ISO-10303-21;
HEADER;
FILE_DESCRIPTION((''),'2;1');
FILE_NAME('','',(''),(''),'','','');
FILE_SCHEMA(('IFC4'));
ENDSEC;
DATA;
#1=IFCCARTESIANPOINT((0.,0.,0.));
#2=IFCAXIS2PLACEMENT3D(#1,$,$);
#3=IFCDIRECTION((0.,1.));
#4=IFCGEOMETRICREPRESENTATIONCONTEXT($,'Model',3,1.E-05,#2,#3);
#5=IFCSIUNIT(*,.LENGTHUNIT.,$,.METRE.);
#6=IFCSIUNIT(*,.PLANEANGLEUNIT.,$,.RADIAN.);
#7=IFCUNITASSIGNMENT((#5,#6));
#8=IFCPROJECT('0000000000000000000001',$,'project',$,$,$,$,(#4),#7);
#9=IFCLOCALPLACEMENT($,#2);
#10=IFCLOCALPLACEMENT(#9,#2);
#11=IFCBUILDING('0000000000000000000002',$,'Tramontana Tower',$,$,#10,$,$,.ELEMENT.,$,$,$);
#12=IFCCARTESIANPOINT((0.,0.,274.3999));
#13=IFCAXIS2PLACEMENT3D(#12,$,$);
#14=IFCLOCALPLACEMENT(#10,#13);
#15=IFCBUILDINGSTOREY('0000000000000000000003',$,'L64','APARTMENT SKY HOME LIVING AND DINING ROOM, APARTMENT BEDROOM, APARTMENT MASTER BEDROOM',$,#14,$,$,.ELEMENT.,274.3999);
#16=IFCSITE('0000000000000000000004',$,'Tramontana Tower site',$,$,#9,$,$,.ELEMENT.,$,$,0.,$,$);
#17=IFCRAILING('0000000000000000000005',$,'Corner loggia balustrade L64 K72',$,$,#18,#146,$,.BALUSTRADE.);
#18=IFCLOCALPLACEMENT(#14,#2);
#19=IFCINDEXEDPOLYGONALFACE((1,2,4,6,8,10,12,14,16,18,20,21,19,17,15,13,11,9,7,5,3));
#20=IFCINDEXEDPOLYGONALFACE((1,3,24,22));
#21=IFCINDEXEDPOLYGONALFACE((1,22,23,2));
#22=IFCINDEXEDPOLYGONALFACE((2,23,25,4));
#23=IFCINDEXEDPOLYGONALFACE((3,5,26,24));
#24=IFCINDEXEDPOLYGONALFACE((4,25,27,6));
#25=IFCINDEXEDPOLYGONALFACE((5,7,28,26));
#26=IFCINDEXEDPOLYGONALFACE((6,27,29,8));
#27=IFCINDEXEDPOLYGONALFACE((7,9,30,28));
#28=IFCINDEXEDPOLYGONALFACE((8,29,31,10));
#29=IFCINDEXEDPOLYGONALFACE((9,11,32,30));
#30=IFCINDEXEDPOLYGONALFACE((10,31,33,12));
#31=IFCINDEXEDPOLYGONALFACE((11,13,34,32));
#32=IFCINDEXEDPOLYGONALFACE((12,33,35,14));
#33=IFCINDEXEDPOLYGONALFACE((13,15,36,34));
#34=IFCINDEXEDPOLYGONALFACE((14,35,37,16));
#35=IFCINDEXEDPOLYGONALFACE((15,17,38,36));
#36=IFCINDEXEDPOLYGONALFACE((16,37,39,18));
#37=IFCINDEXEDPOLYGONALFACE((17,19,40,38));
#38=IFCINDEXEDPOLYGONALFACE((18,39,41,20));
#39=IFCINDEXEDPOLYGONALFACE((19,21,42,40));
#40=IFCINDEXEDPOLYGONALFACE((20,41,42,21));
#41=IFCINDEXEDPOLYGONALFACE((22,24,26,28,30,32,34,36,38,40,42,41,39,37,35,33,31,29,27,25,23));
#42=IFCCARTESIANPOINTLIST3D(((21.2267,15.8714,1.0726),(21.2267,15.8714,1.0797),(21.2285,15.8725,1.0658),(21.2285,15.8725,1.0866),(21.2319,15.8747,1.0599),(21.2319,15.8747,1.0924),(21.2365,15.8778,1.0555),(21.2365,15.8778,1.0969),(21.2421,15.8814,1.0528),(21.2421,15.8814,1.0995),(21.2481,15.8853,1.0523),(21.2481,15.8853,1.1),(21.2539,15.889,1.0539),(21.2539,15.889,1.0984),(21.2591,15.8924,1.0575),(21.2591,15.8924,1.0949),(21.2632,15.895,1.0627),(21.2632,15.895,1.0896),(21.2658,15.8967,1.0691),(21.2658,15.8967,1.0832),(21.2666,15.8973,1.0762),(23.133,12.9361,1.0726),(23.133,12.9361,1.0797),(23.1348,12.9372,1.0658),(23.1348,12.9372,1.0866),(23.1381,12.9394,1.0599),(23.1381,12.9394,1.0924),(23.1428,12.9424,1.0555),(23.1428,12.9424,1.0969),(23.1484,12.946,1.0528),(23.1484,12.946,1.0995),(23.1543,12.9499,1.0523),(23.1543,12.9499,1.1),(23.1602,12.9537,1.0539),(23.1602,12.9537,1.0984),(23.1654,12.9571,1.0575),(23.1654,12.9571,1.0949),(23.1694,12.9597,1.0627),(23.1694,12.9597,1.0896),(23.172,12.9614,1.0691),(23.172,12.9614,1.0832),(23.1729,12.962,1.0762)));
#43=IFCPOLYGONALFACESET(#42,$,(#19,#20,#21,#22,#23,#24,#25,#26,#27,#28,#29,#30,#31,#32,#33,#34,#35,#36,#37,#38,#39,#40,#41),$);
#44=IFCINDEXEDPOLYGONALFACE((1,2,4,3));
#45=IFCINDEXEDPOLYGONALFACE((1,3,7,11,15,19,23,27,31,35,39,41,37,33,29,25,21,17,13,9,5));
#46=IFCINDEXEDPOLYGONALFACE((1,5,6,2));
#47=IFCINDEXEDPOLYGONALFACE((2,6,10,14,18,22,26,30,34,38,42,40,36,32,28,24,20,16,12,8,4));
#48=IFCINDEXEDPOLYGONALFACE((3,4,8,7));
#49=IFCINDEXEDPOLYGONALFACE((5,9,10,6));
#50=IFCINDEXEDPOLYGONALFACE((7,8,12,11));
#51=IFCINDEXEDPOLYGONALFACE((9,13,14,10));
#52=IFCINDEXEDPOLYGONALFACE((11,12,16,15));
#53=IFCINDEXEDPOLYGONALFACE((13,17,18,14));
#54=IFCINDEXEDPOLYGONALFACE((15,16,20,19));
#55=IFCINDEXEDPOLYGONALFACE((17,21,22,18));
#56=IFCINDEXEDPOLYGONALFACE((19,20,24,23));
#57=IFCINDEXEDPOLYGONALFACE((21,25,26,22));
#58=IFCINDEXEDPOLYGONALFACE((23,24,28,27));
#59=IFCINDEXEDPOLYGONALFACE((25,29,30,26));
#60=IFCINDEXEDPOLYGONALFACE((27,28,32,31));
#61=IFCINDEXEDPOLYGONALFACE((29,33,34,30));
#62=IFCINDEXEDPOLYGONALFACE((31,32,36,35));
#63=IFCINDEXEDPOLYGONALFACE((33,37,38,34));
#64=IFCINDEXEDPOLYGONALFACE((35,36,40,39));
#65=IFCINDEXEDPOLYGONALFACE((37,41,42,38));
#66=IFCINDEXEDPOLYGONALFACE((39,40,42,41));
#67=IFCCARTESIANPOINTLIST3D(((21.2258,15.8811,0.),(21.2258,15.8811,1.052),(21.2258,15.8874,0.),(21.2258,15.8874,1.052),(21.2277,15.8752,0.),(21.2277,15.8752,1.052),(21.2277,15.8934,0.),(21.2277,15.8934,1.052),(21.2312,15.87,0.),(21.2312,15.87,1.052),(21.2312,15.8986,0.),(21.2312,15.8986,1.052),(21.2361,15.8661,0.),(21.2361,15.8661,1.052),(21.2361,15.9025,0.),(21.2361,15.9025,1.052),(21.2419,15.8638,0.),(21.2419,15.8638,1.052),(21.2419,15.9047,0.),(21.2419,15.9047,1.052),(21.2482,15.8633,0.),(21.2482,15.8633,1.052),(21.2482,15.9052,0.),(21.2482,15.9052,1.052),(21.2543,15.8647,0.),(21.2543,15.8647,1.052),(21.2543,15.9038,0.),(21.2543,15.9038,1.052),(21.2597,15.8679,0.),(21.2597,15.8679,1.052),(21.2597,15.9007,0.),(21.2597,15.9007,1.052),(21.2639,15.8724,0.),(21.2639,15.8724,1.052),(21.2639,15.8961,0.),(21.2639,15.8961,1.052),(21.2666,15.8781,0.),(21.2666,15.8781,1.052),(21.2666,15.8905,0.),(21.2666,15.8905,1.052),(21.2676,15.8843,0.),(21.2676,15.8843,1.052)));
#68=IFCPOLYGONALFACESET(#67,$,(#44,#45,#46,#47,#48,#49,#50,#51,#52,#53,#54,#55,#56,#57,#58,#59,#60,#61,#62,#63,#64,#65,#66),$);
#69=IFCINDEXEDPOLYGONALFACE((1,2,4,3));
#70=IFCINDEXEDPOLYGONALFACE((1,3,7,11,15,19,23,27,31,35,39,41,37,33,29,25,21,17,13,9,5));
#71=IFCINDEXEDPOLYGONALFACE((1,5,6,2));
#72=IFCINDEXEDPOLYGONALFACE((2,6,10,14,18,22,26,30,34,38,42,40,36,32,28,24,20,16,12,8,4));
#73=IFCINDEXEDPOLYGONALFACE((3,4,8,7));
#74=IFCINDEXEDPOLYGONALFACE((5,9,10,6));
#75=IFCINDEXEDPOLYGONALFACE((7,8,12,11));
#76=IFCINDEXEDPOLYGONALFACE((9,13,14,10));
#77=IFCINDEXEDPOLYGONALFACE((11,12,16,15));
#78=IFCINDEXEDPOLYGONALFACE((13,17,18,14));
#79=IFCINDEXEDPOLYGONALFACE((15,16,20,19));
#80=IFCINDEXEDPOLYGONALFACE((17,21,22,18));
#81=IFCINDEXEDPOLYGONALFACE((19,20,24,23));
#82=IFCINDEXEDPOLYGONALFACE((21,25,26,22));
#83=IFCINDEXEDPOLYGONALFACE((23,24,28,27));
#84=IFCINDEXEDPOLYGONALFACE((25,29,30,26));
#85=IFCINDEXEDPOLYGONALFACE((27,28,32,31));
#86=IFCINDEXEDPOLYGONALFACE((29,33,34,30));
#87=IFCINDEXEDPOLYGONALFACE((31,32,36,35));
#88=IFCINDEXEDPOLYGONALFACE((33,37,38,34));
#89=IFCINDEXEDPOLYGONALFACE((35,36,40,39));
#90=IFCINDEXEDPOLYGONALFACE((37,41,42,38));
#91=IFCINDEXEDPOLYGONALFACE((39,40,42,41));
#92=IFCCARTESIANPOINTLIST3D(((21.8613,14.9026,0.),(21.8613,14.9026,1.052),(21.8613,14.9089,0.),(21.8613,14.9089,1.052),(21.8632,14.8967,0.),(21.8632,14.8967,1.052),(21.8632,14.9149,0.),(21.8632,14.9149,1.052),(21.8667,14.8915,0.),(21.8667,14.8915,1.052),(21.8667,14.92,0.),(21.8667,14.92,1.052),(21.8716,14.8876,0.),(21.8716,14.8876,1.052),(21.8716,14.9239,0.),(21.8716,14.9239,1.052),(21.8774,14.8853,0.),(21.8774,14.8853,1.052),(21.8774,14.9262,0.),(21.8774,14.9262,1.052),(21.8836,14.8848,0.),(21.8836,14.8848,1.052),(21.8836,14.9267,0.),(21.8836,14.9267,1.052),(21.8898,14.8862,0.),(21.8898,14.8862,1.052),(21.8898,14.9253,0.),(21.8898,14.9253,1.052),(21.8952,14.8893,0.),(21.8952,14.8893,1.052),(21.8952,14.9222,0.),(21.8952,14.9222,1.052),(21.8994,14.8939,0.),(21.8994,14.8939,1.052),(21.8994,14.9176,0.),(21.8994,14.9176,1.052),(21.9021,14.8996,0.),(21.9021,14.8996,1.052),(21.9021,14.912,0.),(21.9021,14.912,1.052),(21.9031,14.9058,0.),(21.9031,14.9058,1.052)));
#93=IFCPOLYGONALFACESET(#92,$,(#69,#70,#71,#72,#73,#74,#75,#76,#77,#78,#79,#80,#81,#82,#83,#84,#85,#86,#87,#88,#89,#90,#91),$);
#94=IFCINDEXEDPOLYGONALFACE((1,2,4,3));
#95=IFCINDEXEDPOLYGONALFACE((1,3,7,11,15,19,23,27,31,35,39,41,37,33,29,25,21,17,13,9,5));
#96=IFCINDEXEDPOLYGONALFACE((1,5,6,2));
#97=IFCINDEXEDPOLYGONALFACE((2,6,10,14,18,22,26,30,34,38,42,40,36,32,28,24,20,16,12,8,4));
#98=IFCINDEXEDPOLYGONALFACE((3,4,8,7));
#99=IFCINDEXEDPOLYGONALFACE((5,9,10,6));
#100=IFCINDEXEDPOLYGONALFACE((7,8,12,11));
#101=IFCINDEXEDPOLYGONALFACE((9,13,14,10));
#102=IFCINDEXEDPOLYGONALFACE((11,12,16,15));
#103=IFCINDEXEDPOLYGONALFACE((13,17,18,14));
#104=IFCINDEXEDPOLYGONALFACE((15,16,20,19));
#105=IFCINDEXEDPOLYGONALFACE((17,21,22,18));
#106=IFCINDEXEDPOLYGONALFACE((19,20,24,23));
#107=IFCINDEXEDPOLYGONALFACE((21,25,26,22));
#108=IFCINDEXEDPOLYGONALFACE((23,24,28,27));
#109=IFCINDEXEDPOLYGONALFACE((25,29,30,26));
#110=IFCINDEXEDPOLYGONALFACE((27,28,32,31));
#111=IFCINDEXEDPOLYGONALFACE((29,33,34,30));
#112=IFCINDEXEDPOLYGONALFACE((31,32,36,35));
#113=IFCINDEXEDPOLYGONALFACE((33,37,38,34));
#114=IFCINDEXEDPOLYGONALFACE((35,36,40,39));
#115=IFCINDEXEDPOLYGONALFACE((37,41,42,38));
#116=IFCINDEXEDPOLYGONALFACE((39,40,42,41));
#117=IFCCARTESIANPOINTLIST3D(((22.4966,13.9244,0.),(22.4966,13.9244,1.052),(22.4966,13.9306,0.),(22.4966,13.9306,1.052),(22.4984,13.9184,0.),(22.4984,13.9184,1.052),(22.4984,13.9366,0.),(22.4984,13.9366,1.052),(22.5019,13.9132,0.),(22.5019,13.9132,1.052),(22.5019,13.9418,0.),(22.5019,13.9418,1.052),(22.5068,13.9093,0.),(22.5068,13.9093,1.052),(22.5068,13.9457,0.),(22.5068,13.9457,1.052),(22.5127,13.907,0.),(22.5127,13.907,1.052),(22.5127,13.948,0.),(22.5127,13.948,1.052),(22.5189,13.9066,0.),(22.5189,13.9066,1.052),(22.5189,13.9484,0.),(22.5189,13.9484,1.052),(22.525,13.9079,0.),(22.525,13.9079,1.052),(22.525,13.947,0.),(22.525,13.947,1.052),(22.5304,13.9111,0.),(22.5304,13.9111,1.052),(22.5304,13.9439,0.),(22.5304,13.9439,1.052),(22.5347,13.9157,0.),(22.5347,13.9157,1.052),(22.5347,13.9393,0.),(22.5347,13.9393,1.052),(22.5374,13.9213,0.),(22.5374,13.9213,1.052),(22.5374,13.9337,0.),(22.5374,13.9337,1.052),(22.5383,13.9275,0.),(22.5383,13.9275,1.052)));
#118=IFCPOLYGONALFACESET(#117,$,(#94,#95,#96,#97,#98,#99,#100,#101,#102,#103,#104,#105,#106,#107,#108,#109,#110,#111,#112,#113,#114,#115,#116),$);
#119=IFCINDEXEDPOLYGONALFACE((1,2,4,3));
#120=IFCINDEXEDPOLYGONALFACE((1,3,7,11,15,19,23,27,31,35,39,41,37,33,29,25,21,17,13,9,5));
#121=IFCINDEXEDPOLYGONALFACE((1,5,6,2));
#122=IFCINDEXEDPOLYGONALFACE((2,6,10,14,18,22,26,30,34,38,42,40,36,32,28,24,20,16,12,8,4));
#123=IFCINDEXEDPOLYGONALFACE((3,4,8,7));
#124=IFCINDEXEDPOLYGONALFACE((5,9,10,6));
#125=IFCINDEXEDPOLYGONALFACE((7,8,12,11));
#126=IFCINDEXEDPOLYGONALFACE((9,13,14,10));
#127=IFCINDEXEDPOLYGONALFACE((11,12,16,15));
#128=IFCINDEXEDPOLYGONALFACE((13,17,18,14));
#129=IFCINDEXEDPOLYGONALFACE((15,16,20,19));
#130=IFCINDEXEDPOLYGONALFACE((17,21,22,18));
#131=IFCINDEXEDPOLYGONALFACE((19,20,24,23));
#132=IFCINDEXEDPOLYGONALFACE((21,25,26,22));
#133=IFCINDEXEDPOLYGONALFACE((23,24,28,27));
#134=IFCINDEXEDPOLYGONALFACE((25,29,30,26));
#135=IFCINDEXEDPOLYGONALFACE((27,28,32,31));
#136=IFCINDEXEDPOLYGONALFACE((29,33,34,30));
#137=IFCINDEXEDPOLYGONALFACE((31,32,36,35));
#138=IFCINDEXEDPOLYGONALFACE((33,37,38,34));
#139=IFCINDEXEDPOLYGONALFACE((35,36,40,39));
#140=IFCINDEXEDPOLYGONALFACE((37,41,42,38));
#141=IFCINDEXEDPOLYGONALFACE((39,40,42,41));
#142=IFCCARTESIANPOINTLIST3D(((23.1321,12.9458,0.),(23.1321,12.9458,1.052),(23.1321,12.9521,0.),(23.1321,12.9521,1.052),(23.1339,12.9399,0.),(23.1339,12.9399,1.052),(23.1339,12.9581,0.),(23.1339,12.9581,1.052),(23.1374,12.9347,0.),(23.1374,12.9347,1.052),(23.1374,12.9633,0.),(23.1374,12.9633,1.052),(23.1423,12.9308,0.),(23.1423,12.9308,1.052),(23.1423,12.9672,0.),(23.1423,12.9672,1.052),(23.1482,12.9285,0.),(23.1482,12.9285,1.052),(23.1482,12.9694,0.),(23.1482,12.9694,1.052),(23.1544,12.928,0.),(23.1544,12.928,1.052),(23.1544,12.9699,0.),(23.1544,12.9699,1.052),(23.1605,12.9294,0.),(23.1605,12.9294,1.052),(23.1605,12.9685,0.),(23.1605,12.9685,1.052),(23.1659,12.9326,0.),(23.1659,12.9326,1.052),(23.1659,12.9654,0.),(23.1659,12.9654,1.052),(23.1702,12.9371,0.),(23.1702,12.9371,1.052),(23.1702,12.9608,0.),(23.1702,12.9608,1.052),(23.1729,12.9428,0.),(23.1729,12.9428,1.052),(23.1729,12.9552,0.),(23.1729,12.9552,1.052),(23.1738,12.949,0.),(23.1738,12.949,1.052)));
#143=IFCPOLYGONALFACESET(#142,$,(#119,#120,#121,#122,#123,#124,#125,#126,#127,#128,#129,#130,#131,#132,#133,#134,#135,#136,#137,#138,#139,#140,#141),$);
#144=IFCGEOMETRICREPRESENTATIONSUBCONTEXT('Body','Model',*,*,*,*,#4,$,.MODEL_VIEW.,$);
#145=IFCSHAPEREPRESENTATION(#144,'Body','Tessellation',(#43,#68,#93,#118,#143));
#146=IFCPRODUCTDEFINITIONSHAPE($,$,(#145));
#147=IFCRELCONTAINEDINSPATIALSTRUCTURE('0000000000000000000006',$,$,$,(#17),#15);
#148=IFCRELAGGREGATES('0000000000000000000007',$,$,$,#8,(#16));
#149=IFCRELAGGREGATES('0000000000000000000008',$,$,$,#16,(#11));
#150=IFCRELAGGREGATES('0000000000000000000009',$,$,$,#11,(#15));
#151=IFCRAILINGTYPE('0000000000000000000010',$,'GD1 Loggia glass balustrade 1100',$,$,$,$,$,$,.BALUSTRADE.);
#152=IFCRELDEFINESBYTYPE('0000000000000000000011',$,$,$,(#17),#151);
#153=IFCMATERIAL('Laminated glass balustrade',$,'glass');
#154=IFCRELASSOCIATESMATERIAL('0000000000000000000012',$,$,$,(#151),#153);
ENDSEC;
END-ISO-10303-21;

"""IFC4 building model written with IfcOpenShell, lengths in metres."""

from ifc_helpers import new_model, si_unit, direction, frame, origin, origin_2d, place, context, subcontext, project, spatial, circle, extrude, material, type_object, element, save


model = new_model("IFC4")

# Units and contexts
model_context = context("Model", 3, precision=1e-05, world=origin(), true_north=direction((0.0, 1.0)))
body_context = subcontext(model_context, "Body", "Model", "MODEL_VIEW")
ifc_project = project(units=[si_unit("LENGTHUNIT", "METRE"), si_unit("PLANEANGLEUNIT", "RADIAN")], contexts=[model_context])

# Site, building, storey
site_placement = place(None, origin())
site = spatial("IfcSite", under=ifc_project, at=site_placement, Name="Tramontana Tower site", CompositionType="ELEMENT", RefElevation=0.0)
building_placement = place(site_placement, origin())
building = spatial("IfcBuilding", under=site, at=building_placement, Name="Tramontana Tower", CompositionType="ELEMENT")
storey_placement = place(building_placement, frame((0.0, 0.0, 274.3999)))
storey = spatial("IfcBuildingStorey", under=building, at=storey_placement, Name="L64", Description="APARTMENT SKY HOME LIVING AND DINING ROOM, APARTMENT BEDROOM, APARTMENT MASTER BEDROOM", CompositionType="ELEMENT", Elevation=274.3999)

# Railing
ifc_material_1 = material(Name="Laminated glass balustrade", Category="glass")
railing_type = type_object("IfcRailingType", Name="GD1 Loggia glass balustrade 1100", PredefinedType="BALUSTRADE", material=ifc_material_1)
railing_1_placement = place(storey_placement, frame((21.2466, 15.8843, 0.0)))
element("IfcRailing", 1, at=railing_1_placement, inside=storey, type_object=railing_type, Name="Corner loggia balustrade L64 K72", PredefinedType="BALUSTRADE", context=body_context, shape_type="SweptSolid", body=[
    extrude(circle(Radius=0.0239, at=origin_2d()), frame((0.0, 0.0, 1.0762), z_axis=(0.544647, -0.838665, 0.0), x_axis=(0.838665, 0.544647, 0.0)), (0.0, 0.0, 1.0), 3.5),
    extrude(circle(Radius=0.021, at=origin_2d()), origin(), (0.0, 0.0, 1.0), 1.052),
    extrude(circle(Radius=0.021, at=origin_2d()), frame((0.6355, -0.9785, 0.0)), (0.0, 0.0, 1.0), 1.052),
    extrude(circle(Radius=0.021, at=origin_2d()), frame((1.2708, -1.9568, 0.0)), (0.0, 0.0, 1.0), 1.052),
    extrude(circle(Radius=0.021, at=origin_2d()), frame((1.9062, -2.9353, 0.0)), (0.0, 0.0, 1.0), 1.052),
])

save(model, "model.ifc")
